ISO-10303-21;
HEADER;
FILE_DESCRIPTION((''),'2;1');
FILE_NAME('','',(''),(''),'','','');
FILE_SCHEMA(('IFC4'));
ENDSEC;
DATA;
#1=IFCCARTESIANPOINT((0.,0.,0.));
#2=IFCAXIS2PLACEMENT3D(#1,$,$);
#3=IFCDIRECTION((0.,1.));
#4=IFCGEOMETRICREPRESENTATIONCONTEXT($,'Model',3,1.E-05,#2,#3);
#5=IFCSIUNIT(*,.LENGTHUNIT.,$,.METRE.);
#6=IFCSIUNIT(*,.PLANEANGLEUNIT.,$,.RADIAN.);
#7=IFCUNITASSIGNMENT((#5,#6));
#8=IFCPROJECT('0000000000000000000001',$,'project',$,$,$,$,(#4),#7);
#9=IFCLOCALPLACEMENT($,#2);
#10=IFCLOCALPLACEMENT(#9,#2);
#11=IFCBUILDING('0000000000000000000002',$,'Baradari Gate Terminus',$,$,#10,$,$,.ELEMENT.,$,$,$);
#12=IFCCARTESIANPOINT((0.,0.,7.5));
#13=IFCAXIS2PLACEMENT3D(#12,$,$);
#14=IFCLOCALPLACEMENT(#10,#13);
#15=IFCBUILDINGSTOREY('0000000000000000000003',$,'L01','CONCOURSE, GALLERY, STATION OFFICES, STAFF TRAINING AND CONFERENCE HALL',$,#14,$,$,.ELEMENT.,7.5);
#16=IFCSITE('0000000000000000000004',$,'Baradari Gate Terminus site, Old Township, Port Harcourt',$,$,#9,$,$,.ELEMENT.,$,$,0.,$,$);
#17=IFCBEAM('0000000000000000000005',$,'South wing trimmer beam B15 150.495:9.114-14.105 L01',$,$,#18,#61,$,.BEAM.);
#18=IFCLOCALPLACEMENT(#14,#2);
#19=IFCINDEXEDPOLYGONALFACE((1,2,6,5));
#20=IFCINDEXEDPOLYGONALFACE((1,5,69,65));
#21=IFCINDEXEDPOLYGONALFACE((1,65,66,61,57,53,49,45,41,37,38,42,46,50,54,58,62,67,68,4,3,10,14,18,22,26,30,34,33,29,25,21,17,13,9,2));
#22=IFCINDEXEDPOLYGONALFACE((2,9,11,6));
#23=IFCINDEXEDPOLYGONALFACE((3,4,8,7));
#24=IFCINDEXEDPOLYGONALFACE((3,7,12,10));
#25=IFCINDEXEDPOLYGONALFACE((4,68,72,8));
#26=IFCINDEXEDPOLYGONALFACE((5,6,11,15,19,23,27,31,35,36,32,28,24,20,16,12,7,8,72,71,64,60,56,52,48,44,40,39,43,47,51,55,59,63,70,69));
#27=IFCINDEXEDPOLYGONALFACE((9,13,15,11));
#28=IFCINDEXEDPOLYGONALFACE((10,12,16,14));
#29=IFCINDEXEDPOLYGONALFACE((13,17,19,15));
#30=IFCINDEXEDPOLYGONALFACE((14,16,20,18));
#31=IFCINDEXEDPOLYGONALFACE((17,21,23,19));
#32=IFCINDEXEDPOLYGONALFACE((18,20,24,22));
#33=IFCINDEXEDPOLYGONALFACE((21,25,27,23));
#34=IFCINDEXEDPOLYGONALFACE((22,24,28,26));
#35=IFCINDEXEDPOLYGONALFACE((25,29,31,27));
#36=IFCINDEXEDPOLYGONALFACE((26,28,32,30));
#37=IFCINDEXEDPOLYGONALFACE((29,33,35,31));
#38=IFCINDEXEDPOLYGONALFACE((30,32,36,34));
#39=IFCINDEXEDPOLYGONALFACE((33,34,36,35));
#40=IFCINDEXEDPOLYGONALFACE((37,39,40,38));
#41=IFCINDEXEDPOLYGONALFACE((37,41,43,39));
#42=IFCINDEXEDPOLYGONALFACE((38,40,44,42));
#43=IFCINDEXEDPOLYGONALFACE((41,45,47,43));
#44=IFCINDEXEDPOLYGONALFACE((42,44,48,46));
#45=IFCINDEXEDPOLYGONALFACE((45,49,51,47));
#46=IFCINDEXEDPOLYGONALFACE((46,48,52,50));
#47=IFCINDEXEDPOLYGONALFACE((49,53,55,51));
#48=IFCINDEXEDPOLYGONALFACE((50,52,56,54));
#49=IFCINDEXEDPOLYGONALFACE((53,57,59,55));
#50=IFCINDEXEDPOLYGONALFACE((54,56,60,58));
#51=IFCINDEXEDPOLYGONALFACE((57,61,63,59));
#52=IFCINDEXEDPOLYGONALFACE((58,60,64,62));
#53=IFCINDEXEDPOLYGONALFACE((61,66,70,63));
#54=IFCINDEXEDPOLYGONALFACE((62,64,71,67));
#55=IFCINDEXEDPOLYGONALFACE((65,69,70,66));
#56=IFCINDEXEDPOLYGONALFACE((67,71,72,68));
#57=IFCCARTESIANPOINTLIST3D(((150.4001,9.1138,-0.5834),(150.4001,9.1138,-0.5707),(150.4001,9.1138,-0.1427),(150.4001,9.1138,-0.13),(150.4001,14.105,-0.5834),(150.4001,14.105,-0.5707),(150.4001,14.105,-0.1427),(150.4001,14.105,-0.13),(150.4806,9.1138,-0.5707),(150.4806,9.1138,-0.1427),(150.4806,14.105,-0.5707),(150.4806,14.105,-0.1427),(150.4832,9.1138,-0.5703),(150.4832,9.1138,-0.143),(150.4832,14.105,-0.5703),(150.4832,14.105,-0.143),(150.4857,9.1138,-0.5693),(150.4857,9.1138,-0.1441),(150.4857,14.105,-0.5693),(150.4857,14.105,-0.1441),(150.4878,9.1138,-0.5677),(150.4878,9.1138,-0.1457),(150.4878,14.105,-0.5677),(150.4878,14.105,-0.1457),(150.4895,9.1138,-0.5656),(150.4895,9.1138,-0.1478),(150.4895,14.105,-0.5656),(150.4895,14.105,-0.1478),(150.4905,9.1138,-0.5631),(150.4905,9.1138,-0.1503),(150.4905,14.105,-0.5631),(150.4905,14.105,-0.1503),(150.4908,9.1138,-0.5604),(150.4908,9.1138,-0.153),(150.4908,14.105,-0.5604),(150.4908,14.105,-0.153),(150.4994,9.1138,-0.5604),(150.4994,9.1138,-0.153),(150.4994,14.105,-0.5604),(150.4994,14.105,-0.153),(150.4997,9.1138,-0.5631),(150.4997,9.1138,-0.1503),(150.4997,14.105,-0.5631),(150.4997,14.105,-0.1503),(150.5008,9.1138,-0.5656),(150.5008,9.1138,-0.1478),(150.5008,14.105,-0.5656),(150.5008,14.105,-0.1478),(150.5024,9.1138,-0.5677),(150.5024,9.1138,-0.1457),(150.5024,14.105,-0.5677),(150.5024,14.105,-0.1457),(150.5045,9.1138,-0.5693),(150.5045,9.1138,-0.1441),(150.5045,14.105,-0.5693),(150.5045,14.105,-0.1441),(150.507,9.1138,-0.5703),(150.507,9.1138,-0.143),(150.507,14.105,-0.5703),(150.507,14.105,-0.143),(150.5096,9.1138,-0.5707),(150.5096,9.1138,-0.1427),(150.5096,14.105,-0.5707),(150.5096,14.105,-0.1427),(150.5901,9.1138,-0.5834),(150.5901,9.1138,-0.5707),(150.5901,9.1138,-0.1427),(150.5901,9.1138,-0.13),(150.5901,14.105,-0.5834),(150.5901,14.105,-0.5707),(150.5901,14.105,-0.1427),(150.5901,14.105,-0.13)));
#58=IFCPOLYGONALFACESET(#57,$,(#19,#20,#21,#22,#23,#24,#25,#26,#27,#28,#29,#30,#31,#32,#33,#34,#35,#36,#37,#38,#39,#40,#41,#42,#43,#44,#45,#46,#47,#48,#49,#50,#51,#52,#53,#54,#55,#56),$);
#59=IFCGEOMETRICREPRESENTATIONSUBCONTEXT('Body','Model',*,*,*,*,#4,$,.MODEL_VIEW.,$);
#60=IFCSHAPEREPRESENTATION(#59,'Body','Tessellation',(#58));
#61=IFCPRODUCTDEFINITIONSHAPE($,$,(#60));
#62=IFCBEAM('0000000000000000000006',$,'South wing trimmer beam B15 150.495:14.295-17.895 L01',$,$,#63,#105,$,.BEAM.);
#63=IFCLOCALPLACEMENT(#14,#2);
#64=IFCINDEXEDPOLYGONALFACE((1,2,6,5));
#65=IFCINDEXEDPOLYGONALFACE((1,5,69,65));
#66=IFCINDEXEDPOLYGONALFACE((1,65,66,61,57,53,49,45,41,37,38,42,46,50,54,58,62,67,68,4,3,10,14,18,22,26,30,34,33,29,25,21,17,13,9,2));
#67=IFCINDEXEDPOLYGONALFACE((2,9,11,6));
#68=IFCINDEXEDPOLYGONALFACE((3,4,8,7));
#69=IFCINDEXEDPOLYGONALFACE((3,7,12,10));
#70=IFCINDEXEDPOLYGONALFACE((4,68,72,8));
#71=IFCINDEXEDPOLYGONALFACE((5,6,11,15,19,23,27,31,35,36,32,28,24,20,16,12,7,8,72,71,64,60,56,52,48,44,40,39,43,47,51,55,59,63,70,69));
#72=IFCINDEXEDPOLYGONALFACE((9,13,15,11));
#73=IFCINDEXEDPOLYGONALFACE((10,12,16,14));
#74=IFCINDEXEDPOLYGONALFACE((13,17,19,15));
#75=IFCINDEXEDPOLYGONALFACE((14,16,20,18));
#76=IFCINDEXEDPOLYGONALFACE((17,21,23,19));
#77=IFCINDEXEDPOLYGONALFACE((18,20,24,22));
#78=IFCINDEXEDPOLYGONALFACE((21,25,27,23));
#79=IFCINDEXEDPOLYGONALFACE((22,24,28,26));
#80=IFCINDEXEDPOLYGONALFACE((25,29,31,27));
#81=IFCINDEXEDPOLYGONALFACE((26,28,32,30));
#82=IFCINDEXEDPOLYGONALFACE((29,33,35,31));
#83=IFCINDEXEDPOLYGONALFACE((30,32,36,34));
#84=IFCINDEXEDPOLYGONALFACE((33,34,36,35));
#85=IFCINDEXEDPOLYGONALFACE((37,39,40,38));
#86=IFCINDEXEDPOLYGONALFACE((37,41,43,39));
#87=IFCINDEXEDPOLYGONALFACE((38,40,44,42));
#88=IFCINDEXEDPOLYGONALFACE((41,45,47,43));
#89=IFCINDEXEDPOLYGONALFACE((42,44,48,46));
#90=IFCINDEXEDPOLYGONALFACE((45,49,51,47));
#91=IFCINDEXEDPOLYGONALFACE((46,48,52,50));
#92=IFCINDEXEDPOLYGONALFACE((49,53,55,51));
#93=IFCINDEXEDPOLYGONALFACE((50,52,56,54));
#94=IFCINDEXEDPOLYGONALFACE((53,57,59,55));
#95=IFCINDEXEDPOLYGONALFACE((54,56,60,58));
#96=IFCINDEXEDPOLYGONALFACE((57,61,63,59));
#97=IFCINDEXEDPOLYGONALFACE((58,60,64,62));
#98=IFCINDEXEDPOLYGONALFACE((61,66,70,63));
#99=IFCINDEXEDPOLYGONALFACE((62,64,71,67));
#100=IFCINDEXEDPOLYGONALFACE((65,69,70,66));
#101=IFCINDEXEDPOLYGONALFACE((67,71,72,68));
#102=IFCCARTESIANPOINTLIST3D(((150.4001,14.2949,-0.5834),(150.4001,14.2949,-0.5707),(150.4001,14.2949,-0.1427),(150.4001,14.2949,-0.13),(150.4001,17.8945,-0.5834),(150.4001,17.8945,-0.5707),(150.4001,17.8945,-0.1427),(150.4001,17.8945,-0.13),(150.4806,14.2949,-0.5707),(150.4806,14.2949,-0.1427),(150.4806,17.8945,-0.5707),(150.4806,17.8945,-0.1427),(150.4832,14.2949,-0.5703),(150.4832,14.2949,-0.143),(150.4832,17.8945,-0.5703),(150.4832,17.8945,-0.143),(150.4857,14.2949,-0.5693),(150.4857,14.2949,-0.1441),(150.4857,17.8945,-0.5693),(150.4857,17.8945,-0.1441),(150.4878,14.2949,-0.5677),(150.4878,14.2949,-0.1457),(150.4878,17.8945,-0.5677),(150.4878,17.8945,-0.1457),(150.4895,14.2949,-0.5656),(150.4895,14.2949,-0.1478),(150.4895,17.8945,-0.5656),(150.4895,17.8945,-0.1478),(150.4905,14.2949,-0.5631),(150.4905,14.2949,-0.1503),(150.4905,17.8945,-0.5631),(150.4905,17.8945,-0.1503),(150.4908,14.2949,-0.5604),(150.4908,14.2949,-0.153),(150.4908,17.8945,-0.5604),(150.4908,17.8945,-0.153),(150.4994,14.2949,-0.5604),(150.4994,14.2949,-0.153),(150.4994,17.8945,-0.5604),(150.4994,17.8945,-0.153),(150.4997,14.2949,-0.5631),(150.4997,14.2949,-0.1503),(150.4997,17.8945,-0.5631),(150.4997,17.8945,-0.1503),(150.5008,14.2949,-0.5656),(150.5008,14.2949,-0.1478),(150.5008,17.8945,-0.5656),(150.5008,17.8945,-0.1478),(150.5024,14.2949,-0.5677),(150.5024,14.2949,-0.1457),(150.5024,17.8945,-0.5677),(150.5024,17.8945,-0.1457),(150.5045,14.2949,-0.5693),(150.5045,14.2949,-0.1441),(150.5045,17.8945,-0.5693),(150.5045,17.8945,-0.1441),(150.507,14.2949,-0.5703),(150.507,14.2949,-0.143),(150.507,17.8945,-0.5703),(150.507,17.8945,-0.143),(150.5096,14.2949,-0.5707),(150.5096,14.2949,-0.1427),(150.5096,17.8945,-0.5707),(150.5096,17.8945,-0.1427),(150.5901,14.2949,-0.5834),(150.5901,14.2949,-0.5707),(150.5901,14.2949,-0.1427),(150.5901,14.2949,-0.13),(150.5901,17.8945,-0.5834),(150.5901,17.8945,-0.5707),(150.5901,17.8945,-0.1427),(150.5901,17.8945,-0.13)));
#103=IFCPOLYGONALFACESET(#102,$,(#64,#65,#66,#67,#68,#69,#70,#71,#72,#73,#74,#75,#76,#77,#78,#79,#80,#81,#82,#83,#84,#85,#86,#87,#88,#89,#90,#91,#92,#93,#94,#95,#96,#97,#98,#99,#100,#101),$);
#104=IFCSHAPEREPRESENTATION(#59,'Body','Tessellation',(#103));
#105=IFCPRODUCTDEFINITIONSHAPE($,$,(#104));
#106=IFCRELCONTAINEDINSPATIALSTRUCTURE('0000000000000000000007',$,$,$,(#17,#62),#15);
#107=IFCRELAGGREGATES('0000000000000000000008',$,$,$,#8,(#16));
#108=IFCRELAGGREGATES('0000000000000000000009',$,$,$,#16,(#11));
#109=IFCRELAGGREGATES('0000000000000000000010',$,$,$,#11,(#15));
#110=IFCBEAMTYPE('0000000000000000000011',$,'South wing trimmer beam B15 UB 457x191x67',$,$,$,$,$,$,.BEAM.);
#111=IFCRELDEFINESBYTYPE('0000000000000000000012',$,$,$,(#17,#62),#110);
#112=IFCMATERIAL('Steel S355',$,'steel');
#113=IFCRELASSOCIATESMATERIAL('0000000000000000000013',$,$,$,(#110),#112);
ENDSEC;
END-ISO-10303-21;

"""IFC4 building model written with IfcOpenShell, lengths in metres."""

from ifc_helpers import new_model, si_unit, direction, frame, origin, origin_2d, place, context, subcontext, project, spatial, i_section, extrude, material, material_profile, profile_set, type_object, element, save


model = new_model("IFC4")

# Units and contexts
model_context = context("Model", 3, precision=1e-05, world=origin(), true_north=direction((0.0, 1.0)))
body_context = subcontext(model_context, "Body", "Model", "MODEL_VIEW")
ifc_project = project(units=[si_unit("LENGTHUNIT", "METRE"), si_unit("PLANEANGLEUNIT", "RADIAN")], contexts=[model_context])

# Site, building, storey
site_placement = place(None, origin())
site = spatial("IfcSite", under=ifc_project, at=site_placement, Name="Baradari Gate Terminus site, Old Township, Port Harcourt", CompositionType="ELEMENT", RefElevation=0.0)
building_placement = place(site_placement, origin())
building = spatial("IfcBuilding", under=site, at=building_placement, Name="Baradari Gate Terminus", CompositionType="ELEMENT")
storey_placement = place(building_placement, frame((0.0, 0.0, 7.5)))
storey = spatial("IfcBuildingStorey", under=building, at=storey_placement, Name="L01", Description="CONCOURSE, GALLERY, STATION OFFICES, STAFF TRAINING AND CONFERENCE HALL", CompositionType="ELEMENT", Elevation=7.5)

# Beams
ifc_material_1 = material(Name="Steel S355", Category="steel")
ifc_material_profile_1 = material_profile(ifc_material_1, i_section(OverallWidth=0.1899, OverallDepth=0.4534, WebThickness=0.0085, FlangeThickness=0.0127, FilletRadius=0.0103, at=origin_2d()), Name="UB 457x191x67")
ifc_profile_set_1 = profile_set([ifc_material_profile_1], Name="Steel S355")
beam_type_1 = type_object("IfcBeamType", Name="South wing trimmer beam B15 UB 457x191x67", PredefinedType="BEAM", material=ifc_profile_set_1)
beam_1_placement = place(storey_placement, frame((150.4951, 9.1138, -0.3567), z_axis=(0.0, 1.0, 0.0), x_axis=(-1.0, 0.0, 0.0)))
element("IfcBeam", 1, at=beam_1_placement, inside=storey, type_object=beam_type_1, Name="South wing trimmer beam B15 150.495:9.114-14.105 L01", PredefinedType="BEAM", context=body_context, shape_type="SweptSolid", body=[
    extrude(i_section(OverallWidth=0.1899, OverallDepth=0.4534, WebThickness=0.0085, FlangeThickness=0.0127, FilletRadius=0.0103, at=origin_2d()), origin(), (0.0, 0.0, 1.0), 4.9912),
])
beam_2_placement = place(storey_placement, frame((150.4951, 14.2949, -0.3567), z_axis=(0.0, 1.0, 0.0), x_axis=(-1.0, 0.0, 0.0)))
element("IfcBeam", 2, at=beam_2_placement, inside=storey, type_object=beam_type_1, Name="South wing trimmer beam B15 150.495:14.295-17.895 L01", PredefinedType="BEAM", context=body_context, shape_type="SweptSolid", body=[
    extrude(i_section(OverallWidth=0.1899, OverallDepth=0.4534, WebThickness=0.0085, FlangeThickness=0.0127, FilletRadius=0.0103, at=origin_2d()), origin(), (0.0, 0.0, 1.0), 3.5996),
])

save(model, "model.ifc")
